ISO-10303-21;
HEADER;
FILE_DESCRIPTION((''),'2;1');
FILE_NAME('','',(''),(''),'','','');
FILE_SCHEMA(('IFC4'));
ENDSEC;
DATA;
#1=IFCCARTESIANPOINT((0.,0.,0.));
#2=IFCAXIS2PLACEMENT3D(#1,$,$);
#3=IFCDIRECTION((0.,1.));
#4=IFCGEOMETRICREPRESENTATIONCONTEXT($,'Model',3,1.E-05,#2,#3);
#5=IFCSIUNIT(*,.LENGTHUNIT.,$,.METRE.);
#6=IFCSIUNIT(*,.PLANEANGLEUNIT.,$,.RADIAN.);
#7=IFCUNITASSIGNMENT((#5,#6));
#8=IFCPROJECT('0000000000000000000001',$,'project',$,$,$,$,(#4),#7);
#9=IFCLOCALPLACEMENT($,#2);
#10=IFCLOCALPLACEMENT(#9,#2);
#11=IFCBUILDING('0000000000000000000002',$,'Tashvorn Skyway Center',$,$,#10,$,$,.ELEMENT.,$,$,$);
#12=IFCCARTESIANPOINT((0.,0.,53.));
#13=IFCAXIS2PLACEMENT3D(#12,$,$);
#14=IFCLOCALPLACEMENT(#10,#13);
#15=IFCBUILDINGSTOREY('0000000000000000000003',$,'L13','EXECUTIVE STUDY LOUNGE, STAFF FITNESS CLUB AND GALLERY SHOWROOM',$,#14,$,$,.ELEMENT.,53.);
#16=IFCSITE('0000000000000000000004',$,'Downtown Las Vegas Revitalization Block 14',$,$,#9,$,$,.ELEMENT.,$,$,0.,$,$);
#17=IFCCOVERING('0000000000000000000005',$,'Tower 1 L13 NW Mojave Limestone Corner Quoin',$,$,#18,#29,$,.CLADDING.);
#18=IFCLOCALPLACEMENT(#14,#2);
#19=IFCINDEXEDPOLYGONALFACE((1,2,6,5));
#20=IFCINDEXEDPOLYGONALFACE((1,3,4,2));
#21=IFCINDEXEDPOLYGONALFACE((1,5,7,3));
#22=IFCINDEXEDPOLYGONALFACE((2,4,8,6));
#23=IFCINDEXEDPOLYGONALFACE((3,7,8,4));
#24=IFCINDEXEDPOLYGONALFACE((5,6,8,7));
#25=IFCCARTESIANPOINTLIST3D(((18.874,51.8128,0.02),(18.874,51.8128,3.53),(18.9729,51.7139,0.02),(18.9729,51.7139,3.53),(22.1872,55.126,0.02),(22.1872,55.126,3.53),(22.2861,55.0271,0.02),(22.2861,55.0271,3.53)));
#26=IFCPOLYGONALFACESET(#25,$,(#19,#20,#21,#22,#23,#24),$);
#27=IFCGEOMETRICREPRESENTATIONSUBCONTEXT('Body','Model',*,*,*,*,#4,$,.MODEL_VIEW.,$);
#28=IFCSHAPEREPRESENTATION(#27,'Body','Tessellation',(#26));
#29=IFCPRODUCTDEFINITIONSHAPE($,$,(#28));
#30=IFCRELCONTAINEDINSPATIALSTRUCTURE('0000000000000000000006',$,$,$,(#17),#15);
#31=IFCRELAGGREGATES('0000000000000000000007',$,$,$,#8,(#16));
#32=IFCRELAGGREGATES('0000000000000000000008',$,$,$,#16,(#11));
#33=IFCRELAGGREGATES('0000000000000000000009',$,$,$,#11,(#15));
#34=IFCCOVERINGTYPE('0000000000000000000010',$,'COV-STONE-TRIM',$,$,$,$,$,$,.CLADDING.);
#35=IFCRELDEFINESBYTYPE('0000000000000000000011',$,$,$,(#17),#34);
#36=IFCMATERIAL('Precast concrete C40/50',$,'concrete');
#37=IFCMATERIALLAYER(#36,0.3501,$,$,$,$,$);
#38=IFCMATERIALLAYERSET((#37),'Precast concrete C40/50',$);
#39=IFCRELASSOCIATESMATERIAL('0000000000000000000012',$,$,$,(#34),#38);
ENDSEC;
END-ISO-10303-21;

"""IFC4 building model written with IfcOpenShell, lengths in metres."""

from ifc_helpers import new_model, si_unit, direction, frame, origin, origin_2d, place, context, subcontext, project, spatial, rectangle, extrude, material, layer, layer_set, type_object, element, save


model = new_model("IFC4")

# Units and contexts
model_context = context("Model", 3, precision=1e-05, world=origin(), true_north=direction((0.0, 1.0)))
body_context = subcontext(model_context, "Body", "Model", "MODEL_VIEW")
ifc_project = project(units=[si_unit("LENGTHUNIT", "METRE"), si_unit("PLANEANGLEUNIT", "RADIAN")], contexts=[model_context])

# Site, building, storey
site_placement = place(None, origin())
site = spatial("IfcSite", under=ifc_project, at=site_placement, Name="Downtown Las Vegas Revitalization Block 14", CompositionType="ELEMENT", RefElevation=0.0)
building_placement = place(site_placement, origin())
building = spatial("IfcBuilding", under=site, at=building_placement, Name="Tashvorn Skyway Center", CompositionType="ELEMENT")
storey_placement = place(building_placement, frame((0.0, 0.0, 53.0)))
storey = spatial("IfcBuildingStorey", under=building, at=storey_placement, Name="L13", Description="EXECUTIVE STUDY LOUNGE, STAFF FITNESS CLUB AND GALLERY SHOWROOM", CompositionType="ELEMENT", Elevation=53.0)

# Shared definitions
ifc_material_1 = material(Name="Precast concrete C40/50", Category="concrete")

# Covering
ifc_layer_1 = layer(ifc_material_1, 0.3501)
ifc_layer_set_1 = layer_set([ifc_layer_1], Name="Precast concrete C40/50")
covering_type_1 = type_object("IfcCoveringType", Name="COV-STONE-TRIM", PredefinedType="CLADDING", material=ifc_layer_set_1)
covering_1_placement = place(storey_placement, frame((20.5801, 53.4199, 0.02), z_axis=(0.0, 0.0, 1.0), x_axis=(-0.707107, -0.707107, 0.0)))
element("IfcCovering", 1, at=covering_1_placement, inside=storey, type_object=covering_type_1, Name="Tower 1 L13 NW Mojave Limestone Corner Quoin", PredefinedType="CLADDING", context=body_context, shape_type="SweptSolid", body=[
    extrude(rectangle(XDim=4.6855, YDim=0.1399, at=origin_2d()), origin(), (0.0, 0.0, 1.0), 3.51),
])

save(model, "model.ifc")
